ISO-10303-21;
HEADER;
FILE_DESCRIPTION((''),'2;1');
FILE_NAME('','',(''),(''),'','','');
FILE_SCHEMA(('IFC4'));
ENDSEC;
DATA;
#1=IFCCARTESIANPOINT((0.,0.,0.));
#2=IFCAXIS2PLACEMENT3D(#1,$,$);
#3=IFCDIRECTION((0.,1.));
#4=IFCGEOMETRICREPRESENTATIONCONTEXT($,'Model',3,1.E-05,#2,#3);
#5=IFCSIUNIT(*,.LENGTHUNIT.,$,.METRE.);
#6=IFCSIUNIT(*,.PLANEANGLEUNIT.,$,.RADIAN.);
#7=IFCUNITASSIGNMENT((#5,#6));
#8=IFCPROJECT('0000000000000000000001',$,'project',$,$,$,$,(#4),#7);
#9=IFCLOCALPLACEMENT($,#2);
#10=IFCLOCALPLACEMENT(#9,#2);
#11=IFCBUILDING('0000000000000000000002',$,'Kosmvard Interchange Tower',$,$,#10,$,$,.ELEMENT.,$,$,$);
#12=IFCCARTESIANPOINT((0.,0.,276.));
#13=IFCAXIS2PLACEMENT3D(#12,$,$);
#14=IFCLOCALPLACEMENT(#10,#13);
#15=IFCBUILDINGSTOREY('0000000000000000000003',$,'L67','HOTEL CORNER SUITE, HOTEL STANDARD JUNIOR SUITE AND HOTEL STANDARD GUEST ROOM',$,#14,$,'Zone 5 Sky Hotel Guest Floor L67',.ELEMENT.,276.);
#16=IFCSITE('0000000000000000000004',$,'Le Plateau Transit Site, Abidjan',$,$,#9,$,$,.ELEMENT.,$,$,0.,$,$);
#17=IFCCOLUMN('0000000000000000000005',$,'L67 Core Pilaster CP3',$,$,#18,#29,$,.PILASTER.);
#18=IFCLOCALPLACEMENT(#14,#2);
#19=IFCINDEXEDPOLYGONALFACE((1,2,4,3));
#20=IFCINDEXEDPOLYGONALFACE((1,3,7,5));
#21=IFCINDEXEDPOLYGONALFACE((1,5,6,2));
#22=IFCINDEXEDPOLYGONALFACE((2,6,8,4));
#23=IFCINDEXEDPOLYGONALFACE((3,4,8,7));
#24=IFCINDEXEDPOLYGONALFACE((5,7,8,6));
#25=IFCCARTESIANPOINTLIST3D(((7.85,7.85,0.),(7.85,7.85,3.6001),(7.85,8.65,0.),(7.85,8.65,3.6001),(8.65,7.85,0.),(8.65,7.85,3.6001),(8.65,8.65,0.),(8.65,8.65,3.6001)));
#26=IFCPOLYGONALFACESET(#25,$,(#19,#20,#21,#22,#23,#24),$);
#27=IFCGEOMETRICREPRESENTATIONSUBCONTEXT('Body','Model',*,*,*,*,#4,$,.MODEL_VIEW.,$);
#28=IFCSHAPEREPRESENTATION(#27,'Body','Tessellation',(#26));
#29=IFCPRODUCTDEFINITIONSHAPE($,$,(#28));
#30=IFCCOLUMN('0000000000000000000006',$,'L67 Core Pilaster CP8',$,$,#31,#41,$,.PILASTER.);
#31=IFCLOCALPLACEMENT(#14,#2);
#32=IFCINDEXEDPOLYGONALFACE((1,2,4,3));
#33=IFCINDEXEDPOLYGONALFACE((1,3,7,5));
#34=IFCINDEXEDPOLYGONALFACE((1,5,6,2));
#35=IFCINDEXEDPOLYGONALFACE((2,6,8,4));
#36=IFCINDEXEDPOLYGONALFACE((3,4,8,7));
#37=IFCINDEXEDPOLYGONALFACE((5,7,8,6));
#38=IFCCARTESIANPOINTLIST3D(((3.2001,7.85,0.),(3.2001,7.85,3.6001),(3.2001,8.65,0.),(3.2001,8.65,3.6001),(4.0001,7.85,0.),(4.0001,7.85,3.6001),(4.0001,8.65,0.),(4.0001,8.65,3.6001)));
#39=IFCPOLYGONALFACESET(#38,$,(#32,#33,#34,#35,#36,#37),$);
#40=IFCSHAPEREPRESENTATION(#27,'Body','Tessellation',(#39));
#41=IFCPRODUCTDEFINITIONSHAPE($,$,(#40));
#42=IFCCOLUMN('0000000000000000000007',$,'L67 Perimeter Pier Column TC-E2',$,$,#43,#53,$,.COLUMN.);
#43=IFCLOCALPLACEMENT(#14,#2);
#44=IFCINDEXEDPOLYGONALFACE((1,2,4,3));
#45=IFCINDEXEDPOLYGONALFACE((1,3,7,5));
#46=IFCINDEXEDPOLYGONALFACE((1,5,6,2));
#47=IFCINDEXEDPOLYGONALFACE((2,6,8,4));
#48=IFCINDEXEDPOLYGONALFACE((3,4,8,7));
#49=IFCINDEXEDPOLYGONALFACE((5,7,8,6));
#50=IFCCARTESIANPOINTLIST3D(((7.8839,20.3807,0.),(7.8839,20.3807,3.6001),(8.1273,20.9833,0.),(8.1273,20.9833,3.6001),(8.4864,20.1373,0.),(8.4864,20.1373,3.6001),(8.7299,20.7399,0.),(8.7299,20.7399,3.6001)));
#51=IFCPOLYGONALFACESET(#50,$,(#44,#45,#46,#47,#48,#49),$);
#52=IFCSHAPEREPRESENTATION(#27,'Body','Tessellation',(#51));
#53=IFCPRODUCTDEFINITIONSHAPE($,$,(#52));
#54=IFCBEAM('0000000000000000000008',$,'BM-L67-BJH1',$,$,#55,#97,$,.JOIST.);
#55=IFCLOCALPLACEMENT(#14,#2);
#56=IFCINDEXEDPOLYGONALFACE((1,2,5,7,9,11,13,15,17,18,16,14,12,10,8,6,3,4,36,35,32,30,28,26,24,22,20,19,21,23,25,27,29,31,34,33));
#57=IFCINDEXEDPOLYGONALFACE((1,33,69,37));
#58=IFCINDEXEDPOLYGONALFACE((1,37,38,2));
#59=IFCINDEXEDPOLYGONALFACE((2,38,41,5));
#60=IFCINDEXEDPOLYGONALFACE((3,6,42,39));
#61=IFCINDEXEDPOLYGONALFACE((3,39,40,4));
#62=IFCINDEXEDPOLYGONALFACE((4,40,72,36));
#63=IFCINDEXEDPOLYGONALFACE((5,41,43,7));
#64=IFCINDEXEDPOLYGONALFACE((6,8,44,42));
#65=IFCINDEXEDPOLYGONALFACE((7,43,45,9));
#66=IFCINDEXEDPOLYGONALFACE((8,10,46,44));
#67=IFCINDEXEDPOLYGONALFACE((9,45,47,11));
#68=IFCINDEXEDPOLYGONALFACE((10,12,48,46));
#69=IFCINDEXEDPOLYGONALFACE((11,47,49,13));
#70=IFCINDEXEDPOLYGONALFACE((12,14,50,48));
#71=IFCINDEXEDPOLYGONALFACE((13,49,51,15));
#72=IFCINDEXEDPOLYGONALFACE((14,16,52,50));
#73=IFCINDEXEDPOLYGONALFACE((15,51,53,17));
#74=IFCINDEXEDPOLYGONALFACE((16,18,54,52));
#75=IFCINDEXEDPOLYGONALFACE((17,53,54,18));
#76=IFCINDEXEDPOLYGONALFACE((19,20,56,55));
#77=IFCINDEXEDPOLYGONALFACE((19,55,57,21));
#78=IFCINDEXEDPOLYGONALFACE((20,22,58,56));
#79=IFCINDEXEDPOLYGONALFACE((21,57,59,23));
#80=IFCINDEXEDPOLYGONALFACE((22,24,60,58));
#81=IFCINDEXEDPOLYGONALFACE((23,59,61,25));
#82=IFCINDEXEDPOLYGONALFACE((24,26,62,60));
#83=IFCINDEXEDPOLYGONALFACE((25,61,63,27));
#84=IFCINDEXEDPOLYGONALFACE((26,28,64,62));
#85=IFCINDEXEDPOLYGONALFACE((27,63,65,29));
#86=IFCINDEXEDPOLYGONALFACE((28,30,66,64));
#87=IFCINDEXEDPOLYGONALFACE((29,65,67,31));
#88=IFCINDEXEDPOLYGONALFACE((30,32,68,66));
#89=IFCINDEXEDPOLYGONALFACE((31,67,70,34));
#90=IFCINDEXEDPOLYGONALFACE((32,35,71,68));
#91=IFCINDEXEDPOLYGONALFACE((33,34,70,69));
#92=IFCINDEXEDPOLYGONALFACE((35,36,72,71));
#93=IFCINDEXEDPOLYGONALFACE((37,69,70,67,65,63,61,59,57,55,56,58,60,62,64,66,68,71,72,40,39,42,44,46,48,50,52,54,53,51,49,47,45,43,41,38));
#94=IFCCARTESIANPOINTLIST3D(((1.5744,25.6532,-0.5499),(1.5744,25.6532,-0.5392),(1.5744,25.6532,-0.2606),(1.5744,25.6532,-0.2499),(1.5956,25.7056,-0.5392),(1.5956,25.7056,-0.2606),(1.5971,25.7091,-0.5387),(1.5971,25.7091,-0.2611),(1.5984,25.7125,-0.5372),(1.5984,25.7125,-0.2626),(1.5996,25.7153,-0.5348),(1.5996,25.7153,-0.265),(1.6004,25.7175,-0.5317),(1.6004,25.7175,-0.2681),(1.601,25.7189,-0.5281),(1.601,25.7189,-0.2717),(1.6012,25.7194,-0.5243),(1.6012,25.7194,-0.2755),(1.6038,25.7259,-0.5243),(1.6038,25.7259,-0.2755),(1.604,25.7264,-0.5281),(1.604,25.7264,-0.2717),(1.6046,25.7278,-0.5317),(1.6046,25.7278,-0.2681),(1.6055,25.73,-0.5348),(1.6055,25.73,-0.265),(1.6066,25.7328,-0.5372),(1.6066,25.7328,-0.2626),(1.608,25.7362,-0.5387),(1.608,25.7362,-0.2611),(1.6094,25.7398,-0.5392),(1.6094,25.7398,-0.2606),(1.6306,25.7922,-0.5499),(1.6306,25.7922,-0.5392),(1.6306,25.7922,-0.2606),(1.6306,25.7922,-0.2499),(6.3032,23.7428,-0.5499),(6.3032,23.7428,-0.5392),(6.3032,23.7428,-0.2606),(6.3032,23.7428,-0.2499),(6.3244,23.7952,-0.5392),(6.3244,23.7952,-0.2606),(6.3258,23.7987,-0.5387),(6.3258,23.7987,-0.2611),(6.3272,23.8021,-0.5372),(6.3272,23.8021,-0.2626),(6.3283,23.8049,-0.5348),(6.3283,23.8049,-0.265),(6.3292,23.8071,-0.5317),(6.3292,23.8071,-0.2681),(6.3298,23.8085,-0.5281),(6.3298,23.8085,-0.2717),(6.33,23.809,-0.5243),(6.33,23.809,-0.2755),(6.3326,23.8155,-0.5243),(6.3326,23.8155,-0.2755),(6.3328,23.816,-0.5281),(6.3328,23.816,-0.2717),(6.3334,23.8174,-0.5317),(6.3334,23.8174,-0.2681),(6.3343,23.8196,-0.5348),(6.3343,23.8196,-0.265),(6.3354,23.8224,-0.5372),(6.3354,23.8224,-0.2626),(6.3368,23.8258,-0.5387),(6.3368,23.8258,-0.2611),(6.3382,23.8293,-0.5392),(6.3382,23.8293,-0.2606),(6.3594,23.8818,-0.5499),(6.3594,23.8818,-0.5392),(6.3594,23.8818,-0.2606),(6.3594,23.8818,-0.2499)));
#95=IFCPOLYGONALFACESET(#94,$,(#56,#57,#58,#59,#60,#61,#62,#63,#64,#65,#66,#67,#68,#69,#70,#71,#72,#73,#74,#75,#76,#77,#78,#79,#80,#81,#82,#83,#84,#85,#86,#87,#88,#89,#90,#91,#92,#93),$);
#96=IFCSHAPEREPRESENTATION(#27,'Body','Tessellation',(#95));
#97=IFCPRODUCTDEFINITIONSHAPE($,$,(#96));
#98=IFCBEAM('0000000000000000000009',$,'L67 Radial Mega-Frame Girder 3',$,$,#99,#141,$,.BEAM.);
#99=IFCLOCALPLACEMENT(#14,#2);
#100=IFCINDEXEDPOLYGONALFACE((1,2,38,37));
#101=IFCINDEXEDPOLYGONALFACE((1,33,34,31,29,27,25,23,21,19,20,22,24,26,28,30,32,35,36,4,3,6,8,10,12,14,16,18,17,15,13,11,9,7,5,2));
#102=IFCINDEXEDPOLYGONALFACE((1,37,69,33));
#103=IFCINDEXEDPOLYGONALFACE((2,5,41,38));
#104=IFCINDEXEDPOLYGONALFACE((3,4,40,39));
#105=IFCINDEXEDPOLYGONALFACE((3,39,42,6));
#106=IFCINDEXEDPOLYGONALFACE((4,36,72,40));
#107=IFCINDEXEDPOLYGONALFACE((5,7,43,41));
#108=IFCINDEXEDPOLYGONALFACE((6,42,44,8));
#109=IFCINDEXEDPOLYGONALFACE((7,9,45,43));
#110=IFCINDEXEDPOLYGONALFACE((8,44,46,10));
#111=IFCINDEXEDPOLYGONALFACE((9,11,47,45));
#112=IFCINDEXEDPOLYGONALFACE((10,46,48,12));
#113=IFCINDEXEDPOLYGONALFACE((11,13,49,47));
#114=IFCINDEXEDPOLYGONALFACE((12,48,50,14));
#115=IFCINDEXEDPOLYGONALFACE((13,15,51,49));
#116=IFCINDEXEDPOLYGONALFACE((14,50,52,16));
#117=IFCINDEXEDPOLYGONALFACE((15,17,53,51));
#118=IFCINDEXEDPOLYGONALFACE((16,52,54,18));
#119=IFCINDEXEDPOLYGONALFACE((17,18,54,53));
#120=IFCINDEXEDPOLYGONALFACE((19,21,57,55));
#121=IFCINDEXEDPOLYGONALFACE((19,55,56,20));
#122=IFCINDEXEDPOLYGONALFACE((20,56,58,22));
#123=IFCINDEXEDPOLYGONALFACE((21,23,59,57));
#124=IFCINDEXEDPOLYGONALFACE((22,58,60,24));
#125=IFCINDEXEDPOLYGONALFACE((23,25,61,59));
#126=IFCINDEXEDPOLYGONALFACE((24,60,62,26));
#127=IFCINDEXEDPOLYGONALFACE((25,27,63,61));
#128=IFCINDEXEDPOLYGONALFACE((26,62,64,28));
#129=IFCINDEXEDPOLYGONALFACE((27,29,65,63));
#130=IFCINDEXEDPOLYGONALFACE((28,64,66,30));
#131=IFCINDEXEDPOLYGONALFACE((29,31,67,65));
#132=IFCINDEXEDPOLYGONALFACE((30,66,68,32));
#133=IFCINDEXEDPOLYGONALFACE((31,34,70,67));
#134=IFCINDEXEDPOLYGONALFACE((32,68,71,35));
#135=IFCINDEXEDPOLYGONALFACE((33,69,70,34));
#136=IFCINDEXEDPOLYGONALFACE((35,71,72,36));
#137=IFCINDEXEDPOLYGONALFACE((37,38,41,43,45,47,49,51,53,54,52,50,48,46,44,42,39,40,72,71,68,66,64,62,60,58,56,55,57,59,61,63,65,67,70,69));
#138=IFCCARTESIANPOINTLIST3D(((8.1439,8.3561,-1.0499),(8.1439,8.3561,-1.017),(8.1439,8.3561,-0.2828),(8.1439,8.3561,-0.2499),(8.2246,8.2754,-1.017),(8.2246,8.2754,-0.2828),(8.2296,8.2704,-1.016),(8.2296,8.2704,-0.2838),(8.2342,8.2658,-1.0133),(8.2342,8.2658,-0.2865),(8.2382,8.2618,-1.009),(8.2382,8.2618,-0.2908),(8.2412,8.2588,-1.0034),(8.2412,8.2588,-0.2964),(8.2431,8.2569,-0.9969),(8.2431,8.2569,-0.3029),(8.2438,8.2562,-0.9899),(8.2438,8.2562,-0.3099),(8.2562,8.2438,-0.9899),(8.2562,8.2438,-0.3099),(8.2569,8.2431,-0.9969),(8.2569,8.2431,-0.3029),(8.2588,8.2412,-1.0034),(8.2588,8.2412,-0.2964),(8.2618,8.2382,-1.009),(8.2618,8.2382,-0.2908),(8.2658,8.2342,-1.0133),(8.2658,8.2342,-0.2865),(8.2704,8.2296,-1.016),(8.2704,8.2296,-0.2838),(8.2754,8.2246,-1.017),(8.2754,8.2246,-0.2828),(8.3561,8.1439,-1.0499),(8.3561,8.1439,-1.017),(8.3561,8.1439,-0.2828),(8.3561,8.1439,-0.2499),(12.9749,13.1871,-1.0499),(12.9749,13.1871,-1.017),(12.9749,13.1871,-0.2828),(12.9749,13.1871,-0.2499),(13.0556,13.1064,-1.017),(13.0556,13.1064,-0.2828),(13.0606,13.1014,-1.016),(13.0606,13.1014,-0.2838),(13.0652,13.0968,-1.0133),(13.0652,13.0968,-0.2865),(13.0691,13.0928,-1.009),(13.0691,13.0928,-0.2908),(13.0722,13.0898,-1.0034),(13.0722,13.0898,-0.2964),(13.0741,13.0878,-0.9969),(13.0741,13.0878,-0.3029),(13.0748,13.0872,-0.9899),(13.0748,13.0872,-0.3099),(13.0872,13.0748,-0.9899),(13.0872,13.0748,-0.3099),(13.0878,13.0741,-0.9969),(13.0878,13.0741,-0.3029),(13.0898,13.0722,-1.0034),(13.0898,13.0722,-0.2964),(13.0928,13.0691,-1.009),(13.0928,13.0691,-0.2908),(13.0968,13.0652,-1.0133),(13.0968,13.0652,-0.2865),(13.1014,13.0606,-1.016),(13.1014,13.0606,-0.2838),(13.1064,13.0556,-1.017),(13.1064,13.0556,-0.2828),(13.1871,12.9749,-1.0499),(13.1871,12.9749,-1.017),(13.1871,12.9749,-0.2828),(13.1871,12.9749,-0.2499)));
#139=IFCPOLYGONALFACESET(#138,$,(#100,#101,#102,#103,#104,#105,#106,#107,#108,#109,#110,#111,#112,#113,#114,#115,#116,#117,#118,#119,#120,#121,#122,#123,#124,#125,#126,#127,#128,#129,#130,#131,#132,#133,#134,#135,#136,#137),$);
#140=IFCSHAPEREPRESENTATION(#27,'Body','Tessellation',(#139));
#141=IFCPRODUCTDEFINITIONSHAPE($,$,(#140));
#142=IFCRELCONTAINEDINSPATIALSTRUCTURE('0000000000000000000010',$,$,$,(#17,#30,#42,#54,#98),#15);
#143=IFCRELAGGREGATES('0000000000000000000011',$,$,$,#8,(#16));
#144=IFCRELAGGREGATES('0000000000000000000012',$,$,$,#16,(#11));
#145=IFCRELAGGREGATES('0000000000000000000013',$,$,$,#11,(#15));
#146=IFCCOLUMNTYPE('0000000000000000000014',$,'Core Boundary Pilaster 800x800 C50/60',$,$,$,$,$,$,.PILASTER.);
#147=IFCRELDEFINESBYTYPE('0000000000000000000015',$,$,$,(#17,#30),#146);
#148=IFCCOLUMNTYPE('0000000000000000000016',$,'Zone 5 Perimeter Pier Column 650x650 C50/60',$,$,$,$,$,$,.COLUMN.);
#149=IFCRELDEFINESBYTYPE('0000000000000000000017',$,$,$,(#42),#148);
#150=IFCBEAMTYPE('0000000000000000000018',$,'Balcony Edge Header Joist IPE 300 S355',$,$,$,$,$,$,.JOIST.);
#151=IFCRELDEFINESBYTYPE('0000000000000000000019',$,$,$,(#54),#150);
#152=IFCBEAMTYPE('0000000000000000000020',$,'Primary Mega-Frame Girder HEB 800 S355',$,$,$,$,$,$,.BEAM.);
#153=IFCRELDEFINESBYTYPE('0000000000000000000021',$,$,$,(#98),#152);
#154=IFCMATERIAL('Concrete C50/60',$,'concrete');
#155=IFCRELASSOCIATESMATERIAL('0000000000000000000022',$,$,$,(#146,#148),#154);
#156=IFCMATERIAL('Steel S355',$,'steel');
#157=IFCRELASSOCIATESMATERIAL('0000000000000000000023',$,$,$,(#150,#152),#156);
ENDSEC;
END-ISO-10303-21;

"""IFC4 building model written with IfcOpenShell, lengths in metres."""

from ifc_helpers import new_model, si_unit, direction, frame, origin, origin_2d, place, context, subcontext, project, spatial, rectangle, i_section, extrude, source, transform, mapped, material, material_profile, profile_set, type_object, element, save


model = new_model("IFC4")

# Units and contexts
model_context = context("Model", 3, precision=1e-05, world=origin(), true_north=direction((0.0, 1.0)))
body_context = subcontext(model_context, "Body", "Model", "MODEL_VIEW")
ifc_project = project(units=[si_unit("LENGTHUNIT", "METRE"), si_unit("PLANEANGLEUNIT", "RADIAN")], contexts=[model_context])

# Site, building, storey
site_placement = place(None, origin())
site = spatial("IfcSite", under=ifc_project, at=site_placement, Name="Le Plateau Transit Site, Abidjan", CompositionType="ELEMENT", RefElevation=0.0)
building_placement = place(site_placement, origin())
building = spatial("IfcBuilding", under=site, at=building_placement, Name="Kosmvard Interchange Tower", CompositionType="ELEMENT")
storey_placement = place(building_placement, frame((0.0, 0.0, 276.0)))
storey = spatial("IfcBuildingStorey", under=building, at=storey_placement, Name="L67", Description="HOTEL CORNER SUITE, HOTEL STANDARD JUNIOR SUITE AND HOTEL STANDARD GUEST ROOM", LongName="Zone 5 Sky Hotel Guest Floor L67", CompositionType="ELEMENT", Elevation=276.0)

# Columns
ifc_material_1 = material(Name="Concrete C50/60", Category="concrete")
ifc_material_profile_1 = material_profile(ifc_material_1, rectangle(XDim=0.8, YDim=0.8, at=origin_2d()), Name="CP 800x800")
ifc_profile_set_1 = profile_set([ifc_material_profile_1], Name="Concrete C50/60")
column_type_1 = type_object("IfcColumnType", Name="Core Boundary Pilaster 800x800 C50/60", PredefinedType="PILASTER", material=ifc_profile_set_1)
shared_shape_1 = source(origin(), body_context, "Body", "SweptSolid", [
    extrude(rectangle(XDim=0.8, YDim=0.8, at=origin_2d()), origin(), (0.0, 0.0, 1.0), 3.6001),
])
for number, where, z_axis, x_axis, name in (
    (1, (8.25, 8.25, 0.0), (0.0, 0.0, 1.0), (1.0, 0.0, 0.0), "L67 Core Pilaster CP3"),
    (2, (3.6001, 8.25, 0.0), (0.0, 0.0, 1.0), (1.0, 0.0, 0.0), "L67 Core Pilaster CP8"),
):
    element("IfcColumn", number, at=place(storey_placement, frame(where, z_axis=z_axis, x_axis=x_axis)), inside=storey, type_object=column_type_1, Name=name, PredefinedType="PILASTER", context=body_context, shape_type="MappedRepresentation", body=[
        mapped(shared_shape_1, transform((0.0, 0.0, 0.0), scale=1.0)),
    ])
ifc_material_profile_2 = material_profile(ifc_material_1, rectangle(XDim=0.6499, YDim=0.6499, at=origin_2d()), Name="TC 650x650")
ifc_profile_set_2 = profile_set([ifc_material_profile_2], Name="Concrete C50/60")
column_type_2 = type_object("IfcColumnType", Name="Zone 5 Perimeter Pier Column 650x650 C50/60", PredefinedType="COLUMN", material=ifc_profile_set_2)
shared_shape_2 = source(origin(), body_context, "Body", "SweptSolid", [
    extrude(rectangle(XDim=0.6499, YDim=0.6499, at=origin_2d()), origin(), (0.0, 0.0, 1.0), 3.6001),
])
column_placement = place(storey_placement, frame((8.3069, 20.5603, 0.0), z_axis=(0.0, 0.0, 1.0), x_axis=(0.374607, 0.927184, 0.0)))
element("IfcColumn", 3, at=column_placement, inside=storey, type_object=column_type_2, Name="L67 Perimeter Pier Column TC-E2", PredefinedType="COLUMN", context=body_context, shape_type="MappedRepresentation", body=[
    mapped(shared_shape_2, transform((0.0, 0.0, 0.0), scale=1.0)),
])

# Beams
ifc_material_2 = material(Name="Steel S355", Category="steel")
ifc_material_profile_3 = material_profile(ifc_material_2, i_section(OverallWidth=0.1499, OverallDepth=0.3, WebThickness=0.0071, FlangeThickness=0.0107, FilletRadius=0.0149, at=origin_2d()), Name="IPE 300")
ifc_profile_set_3 = profile_set([ifc_material_profile_3], Name="Steel S355")
beam_type_1 = type_object("IfcBeamType", Name="Balcony Edge Header Joist IPE 300 S355", PredefinedType="JOIST", material=ifc_profile_set_3)
shared_shape_3 = source(origin(), body_context, "Body", "SweptSolid", [
    extrude(i_section(OverallWidth=0.1499, OverallDepth=0.3, WebThickness=0.0071, FlangeThickness=0.0107, FilletRadius=0.0149, at=origin_2d()), origin(), (0.0, 0.0, 1.0), 5.1001),
])
beam_1_placement = place(storey_placement, frame((6.3313, 23.8123, -0.3999), z_axis=(-0.927194, 0.374583, 0.0), x_axis=(-0.374583, -0.927194, 0.0)))
element("IfcBeam", 4, at=beam_1_placement, inside=storey, type_object=beam_type_1, Name="BM-L67-BJH1", PredefinedType="JOIST", context=body_context, shape_type="MappedRepresentation", body=[
    mapped(shared_shape_3, transform((0.0, 0.0, 0.0), scale=1.0)),
])
ifc_material_profile_4 = material_profile(ifc_material_2, i_section(OverallWidth=0.3, OverallDepth=0.8, WebThickness=0.0176, FlangeThickness=0.033, FilletRadius=0.0271, at=origin_2d()), Name="HEB 800")
ifc_profile_set_4 = profile_set([ifc_material_profile_4], Name="Steel S355")
beam_type_2 = type_object("IfcBeamType", Name="Primary Mega-Frame Girder HEB 800 S355", PredefinedType="BEAM", material=ifc_profile_set_4)
shared_shape_4 = source(origin(), body_context, "Body", "SweptSolid", [
    extrude(i_section(OverallWidth=0.3, OverallDepth=0.8, WebThickness=0.0176, FlangeThickness=0.033, FilletRadius=0.0271, at=origin_2d()), origin(), (0.0, 0.0, 1.0), 6.832),
])
beam_2_placement = place(storey_placement, frame((8.25, 8.25, -0.6499), z_axis=(0.707107, 0.707107, 0.0), x_axis=(-0.707107, 0.707107, 0.0)))
element("IfcBeam", 5, at=beam_2_placement, inside=storey, type_object=beam_type_2, Name="L67 Radial Mega-Frame Girder 3", PredefinedType="BEAM", context=body_context, shape_type="MappedRepresentation", body=[
    mapped(shared_shape_4, transform((0.0, 0.0, 0.0), scale=1.0)),
])

save(model, "model.ifc")
